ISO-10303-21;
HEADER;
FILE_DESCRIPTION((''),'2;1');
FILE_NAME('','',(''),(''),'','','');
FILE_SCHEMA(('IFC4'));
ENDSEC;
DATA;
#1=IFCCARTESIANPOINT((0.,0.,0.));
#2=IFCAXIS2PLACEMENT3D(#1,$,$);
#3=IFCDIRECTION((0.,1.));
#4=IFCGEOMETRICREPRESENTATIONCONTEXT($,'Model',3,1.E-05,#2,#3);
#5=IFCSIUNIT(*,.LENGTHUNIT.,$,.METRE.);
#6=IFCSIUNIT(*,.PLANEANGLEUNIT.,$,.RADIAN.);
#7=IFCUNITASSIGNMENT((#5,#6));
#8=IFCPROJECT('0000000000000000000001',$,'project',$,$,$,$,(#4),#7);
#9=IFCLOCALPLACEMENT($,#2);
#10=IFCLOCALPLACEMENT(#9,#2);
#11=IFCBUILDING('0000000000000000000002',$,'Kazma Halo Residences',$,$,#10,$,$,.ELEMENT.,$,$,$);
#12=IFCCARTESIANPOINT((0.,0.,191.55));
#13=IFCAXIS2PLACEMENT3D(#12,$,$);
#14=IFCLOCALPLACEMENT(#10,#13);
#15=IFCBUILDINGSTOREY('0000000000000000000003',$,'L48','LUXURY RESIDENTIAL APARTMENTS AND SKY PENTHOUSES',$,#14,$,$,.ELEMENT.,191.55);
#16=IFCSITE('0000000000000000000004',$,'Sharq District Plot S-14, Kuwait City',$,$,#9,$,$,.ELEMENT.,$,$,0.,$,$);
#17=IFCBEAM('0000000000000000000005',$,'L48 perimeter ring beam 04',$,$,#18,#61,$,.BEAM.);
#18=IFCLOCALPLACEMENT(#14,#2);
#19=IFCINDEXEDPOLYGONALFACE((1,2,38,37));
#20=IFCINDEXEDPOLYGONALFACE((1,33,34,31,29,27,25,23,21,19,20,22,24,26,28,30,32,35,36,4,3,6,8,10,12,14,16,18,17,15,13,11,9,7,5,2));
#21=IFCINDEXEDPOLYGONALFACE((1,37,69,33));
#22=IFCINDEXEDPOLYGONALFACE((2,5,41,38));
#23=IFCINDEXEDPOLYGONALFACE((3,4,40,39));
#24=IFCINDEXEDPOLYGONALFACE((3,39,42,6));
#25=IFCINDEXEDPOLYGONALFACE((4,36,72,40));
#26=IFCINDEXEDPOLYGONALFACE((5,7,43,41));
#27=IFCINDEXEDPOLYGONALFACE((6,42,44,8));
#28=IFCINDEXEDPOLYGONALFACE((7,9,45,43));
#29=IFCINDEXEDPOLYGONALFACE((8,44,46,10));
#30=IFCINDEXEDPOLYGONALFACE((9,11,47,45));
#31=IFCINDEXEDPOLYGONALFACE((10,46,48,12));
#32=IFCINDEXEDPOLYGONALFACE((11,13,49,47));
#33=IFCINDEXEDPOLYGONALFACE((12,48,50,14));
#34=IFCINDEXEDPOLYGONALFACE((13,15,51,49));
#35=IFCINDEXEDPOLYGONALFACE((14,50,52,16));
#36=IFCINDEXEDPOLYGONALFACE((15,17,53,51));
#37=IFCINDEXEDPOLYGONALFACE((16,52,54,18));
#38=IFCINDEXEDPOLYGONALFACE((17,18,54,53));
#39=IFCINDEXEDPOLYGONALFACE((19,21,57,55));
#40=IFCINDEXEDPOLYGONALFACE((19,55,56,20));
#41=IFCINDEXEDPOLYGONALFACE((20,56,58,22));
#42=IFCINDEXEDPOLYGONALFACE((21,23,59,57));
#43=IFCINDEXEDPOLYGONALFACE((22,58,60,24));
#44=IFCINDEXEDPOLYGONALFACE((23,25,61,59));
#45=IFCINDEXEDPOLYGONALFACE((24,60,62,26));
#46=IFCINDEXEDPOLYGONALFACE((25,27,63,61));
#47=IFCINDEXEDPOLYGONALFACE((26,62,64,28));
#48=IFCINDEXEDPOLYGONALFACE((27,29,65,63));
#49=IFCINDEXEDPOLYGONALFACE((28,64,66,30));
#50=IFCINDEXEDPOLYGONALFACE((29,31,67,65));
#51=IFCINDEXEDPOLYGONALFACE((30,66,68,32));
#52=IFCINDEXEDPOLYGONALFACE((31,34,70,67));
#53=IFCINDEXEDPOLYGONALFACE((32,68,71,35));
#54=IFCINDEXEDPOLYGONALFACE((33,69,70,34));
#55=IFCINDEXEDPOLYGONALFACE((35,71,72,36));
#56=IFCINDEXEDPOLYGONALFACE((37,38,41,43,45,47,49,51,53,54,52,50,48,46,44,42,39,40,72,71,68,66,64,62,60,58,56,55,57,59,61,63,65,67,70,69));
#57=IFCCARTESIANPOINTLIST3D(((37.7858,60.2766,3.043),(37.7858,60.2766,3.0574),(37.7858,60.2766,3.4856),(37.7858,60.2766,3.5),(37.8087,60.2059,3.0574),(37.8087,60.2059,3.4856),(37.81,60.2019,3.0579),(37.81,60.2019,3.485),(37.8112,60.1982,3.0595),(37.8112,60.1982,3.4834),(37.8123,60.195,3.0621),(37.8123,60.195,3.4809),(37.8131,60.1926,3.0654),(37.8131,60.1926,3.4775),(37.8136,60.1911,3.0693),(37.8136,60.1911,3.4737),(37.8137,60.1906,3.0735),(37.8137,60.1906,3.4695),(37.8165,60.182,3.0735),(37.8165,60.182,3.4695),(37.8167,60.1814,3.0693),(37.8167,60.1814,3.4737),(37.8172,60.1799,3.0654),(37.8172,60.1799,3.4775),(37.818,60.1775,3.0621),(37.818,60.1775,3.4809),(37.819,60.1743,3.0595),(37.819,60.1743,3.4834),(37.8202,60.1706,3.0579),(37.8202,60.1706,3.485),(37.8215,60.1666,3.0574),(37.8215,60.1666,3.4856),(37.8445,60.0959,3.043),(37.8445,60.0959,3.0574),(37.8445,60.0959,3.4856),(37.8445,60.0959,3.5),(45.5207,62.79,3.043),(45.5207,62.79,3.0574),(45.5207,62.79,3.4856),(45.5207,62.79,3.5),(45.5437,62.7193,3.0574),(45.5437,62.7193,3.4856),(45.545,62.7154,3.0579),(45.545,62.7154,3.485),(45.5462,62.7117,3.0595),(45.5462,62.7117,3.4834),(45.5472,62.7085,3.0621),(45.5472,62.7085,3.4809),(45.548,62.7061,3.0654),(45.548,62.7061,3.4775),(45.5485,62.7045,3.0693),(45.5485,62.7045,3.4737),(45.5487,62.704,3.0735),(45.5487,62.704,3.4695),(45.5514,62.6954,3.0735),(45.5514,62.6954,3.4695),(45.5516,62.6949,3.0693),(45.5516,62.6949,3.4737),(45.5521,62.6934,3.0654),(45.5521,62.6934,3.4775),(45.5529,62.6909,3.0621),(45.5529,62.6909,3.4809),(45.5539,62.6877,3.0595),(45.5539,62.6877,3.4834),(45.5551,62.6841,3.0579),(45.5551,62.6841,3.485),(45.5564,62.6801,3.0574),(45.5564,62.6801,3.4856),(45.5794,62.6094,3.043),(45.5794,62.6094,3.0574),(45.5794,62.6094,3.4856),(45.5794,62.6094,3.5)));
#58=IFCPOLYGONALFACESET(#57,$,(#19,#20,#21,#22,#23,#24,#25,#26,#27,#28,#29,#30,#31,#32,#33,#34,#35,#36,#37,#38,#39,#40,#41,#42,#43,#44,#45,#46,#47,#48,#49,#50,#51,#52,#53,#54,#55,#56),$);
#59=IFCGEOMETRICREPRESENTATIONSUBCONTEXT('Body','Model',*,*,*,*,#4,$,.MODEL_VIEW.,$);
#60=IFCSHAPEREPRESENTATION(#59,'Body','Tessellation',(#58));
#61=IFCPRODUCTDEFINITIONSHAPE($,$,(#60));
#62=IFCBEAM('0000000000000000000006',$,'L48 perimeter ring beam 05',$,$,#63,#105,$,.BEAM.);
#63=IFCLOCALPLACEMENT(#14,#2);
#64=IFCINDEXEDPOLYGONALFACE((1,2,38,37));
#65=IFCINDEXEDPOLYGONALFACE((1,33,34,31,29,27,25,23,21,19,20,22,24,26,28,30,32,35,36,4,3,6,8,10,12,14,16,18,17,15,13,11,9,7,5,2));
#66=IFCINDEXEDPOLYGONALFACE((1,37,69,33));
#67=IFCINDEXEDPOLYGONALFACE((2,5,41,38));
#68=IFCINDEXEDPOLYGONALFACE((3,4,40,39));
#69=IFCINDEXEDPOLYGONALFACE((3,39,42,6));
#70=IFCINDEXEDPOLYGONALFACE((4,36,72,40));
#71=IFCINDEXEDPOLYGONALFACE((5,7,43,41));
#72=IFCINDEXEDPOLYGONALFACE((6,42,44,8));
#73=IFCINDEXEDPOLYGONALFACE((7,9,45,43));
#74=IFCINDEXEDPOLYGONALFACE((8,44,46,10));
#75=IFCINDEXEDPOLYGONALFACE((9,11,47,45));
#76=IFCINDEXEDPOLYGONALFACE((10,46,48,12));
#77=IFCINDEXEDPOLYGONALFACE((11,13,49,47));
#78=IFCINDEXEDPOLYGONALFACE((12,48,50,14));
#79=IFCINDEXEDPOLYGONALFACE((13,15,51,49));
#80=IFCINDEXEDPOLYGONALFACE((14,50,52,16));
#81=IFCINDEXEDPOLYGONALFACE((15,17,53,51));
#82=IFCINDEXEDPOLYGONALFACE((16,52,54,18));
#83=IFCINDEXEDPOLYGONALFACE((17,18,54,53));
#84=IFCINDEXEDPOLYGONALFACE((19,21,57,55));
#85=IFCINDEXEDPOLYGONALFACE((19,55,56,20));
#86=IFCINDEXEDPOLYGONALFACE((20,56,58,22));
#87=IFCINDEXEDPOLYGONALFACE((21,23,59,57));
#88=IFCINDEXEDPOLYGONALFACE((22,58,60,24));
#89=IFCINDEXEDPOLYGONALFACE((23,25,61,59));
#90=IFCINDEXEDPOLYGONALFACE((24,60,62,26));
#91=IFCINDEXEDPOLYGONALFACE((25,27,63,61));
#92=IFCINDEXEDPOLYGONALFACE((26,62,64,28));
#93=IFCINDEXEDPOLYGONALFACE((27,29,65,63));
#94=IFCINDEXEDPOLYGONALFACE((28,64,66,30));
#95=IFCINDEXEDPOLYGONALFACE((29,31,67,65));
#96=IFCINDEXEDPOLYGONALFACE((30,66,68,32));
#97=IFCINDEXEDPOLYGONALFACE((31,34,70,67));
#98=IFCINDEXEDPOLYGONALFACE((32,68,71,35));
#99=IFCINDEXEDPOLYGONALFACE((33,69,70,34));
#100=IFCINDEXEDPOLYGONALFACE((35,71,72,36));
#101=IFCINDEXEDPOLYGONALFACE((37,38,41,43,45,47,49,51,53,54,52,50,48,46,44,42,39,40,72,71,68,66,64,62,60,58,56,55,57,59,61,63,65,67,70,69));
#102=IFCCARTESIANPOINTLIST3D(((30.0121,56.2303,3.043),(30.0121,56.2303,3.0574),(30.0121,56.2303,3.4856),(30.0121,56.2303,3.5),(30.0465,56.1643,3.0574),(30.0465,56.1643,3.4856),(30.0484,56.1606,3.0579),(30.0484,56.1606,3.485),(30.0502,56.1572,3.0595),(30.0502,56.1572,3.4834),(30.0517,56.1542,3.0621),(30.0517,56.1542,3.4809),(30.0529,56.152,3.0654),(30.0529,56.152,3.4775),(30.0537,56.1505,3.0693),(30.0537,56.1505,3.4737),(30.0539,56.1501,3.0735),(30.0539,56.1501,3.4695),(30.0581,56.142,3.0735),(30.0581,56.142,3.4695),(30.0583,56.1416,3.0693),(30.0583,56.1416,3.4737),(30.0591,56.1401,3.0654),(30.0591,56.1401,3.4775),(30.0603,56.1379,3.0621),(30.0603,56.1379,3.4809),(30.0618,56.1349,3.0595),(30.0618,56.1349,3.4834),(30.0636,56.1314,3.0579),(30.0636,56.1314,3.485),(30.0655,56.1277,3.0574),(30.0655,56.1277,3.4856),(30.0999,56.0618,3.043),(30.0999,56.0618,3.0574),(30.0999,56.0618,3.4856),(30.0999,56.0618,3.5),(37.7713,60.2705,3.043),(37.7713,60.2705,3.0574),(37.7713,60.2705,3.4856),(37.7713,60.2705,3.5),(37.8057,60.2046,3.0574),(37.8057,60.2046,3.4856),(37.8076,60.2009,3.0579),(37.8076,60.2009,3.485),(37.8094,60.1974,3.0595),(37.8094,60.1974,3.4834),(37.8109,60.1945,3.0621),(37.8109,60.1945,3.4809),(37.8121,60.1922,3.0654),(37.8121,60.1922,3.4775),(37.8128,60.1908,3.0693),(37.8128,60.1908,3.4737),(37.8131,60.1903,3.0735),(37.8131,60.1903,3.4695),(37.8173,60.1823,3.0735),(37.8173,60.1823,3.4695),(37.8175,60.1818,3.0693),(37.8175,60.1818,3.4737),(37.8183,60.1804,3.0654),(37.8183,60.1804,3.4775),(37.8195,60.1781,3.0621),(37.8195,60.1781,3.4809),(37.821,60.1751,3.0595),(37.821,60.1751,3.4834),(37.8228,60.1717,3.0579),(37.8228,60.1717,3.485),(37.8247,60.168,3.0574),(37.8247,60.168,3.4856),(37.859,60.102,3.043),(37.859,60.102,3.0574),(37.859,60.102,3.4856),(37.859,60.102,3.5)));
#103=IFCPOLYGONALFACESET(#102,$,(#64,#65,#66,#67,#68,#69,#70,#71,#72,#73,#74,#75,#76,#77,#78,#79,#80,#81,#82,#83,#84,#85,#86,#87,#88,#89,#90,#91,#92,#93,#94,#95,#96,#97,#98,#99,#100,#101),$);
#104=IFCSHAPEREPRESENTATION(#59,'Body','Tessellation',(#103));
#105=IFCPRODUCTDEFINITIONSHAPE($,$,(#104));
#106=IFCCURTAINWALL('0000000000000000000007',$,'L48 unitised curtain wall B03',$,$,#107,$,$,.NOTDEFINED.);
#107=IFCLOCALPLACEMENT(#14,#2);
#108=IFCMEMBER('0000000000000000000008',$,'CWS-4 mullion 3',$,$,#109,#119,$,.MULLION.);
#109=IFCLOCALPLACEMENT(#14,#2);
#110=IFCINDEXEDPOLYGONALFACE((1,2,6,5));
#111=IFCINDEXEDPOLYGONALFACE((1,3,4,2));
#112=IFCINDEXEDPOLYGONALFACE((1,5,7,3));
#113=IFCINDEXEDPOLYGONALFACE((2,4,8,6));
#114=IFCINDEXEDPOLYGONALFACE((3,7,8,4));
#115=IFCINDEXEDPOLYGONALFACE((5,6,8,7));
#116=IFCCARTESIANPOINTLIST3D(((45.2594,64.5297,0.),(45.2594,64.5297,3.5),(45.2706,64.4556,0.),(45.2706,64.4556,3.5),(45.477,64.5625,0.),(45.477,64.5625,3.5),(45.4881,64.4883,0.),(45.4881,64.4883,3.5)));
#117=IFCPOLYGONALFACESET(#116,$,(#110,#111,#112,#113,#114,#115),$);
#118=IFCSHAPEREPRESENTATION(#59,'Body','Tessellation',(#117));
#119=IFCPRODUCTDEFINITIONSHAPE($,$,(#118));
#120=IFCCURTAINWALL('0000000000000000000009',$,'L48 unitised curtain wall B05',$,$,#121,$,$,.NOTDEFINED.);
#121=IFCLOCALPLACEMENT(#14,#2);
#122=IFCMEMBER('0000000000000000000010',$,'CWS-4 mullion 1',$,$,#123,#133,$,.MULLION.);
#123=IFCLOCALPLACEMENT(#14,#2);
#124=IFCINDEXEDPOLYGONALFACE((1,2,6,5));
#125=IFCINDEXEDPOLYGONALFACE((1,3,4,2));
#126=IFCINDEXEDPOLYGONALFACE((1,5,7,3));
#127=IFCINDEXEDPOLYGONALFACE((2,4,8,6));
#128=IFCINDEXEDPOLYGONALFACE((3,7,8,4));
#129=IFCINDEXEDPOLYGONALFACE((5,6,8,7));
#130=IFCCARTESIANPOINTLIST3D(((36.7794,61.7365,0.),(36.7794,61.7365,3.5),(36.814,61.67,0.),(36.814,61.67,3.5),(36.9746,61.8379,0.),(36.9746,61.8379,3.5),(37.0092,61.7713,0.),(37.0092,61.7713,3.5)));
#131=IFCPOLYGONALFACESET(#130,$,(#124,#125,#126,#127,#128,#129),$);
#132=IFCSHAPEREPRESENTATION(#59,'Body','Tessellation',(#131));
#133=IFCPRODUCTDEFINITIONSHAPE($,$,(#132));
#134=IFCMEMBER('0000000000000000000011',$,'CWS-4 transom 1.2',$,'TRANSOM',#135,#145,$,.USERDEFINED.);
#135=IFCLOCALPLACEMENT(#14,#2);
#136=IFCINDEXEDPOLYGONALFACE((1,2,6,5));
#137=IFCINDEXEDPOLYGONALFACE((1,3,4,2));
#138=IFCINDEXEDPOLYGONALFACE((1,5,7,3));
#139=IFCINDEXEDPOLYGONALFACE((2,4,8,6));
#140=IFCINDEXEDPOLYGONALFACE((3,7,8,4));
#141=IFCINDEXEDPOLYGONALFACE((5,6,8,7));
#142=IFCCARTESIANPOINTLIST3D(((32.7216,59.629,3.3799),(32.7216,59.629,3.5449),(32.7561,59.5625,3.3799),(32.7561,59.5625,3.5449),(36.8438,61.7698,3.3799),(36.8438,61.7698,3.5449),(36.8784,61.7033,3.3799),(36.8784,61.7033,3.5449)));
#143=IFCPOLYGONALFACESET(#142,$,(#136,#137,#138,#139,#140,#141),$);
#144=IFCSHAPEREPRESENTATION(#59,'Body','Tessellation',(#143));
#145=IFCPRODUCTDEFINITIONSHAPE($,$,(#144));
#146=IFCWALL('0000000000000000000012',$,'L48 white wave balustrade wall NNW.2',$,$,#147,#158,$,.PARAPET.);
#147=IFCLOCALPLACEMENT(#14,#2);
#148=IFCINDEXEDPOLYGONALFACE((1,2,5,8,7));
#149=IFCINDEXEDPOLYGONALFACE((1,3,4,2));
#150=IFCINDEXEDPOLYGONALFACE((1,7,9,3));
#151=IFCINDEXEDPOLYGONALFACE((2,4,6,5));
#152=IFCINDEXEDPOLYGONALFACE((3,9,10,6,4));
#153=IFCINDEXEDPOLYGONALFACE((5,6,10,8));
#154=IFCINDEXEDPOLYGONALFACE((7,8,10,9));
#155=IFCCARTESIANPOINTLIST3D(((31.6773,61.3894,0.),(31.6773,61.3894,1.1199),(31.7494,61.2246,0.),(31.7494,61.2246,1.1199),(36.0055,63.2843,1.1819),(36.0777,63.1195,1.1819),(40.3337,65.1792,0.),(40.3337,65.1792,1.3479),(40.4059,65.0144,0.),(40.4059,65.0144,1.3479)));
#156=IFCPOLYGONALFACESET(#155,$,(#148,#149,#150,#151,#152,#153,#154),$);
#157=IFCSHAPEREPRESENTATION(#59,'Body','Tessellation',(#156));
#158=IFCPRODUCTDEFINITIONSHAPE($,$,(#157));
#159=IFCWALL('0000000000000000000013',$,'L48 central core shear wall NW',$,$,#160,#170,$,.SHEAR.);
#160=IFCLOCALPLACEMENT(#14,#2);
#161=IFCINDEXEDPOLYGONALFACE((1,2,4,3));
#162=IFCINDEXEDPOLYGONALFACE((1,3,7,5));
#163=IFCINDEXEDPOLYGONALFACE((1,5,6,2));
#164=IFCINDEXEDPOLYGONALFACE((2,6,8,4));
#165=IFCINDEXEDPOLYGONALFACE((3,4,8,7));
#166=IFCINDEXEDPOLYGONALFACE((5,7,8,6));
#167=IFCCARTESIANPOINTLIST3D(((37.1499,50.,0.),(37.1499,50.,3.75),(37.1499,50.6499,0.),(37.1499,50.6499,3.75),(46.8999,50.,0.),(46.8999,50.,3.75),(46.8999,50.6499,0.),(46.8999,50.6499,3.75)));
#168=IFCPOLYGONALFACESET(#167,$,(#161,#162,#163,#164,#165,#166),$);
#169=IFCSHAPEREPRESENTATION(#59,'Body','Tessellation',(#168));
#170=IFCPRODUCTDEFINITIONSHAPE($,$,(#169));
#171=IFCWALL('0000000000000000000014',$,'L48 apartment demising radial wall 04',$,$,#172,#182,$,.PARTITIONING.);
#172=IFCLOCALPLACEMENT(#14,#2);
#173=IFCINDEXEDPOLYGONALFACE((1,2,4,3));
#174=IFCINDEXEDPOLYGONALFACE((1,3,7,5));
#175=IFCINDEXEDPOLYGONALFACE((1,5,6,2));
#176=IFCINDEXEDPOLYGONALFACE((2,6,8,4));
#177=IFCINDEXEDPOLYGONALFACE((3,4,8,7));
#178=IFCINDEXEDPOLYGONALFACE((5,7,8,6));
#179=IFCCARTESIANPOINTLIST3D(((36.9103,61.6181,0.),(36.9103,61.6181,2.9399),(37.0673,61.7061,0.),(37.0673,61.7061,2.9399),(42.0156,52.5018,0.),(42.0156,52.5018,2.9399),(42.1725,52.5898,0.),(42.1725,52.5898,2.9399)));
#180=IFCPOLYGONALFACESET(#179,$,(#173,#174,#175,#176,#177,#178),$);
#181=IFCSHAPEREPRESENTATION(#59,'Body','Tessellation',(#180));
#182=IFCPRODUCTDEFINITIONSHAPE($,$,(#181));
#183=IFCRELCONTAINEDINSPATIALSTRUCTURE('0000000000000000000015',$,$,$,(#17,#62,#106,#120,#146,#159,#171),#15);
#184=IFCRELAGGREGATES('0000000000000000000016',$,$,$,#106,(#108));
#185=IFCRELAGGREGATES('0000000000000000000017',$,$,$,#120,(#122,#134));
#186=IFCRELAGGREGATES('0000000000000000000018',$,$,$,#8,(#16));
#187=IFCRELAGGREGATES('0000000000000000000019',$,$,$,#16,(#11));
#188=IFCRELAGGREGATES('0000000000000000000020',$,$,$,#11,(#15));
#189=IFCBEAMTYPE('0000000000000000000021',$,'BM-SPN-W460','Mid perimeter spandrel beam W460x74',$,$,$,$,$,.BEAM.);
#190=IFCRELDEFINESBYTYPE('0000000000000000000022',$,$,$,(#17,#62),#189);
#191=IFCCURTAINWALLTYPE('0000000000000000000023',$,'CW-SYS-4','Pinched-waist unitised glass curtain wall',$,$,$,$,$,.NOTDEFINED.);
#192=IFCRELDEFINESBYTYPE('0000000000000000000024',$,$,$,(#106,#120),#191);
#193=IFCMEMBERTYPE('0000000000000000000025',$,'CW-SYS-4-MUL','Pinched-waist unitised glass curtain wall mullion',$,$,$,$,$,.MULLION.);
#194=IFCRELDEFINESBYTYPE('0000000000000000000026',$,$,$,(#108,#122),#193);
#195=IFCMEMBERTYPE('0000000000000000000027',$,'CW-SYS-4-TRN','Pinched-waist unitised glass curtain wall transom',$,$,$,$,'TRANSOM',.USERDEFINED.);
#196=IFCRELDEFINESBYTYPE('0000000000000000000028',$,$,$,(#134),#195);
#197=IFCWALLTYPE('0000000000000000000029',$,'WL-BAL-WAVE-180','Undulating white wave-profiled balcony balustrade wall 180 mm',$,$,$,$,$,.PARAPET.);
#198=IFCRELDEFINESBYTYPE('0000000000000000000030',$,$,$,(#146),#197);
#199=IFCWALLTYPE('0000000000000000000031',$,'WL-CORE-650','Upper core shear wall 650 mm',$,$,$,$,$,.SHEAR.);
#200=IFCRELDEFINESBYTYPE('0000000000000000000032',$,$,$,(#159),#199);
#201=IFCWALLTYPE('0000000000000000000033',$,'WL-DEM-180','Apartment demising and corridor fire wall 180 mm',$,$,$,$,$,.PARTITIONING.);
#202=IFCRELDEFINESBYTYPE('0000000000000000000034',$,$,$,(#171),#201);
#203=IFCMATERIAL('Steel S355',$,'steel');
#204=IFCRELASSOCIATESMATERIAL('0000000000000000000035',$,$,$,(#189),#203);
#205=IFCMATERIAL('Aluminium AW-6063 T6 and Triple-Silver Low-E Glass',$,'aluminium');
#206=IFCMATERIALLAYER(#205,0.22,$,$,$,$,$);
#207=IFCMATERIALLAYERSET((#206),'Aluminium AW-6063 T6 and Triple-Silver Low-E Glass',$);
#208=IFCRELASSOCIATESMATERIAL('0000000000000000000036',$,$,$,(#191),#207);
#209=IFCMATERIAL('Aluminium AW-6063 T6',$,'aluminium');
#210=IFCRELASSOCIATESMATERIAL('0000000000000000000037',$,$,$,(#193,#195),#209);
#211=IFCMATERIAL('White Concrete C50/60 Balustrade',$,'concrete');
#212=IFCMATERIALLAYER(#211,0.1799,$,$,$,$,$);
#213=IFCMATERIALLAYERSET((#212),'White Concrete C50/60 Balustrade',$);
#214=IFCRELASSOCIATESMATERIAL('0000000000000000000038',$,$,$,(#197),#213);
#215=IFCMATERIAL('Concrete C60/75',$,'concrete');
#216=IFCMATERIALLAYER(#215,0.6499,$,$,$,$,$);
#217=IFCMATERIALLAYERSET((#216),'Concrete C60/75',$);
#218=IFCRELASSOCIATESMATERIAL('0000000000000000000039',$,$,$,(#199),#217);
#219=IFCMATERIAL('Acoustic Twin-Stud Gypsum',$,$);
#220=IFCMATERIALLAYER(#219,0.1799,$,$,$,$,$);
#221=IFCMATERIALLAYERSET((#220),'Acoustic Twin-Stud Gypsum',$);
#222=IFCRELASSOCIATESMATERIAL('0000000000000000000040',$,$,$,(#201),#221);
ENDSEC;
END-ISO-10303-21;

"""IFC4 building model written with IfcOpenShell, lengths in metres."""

from ifc_helpers import new_model, si_unit, direction, frame, frame_2d, origin, origin_2d, place, context, subcontext, project, spatial, polyline, rectangle, i_section, outline, extrude, material, layer, layer_set, material_profile, profile_set, type_object, element, aggregate, save


model = new_model("IFC4")

# Units and contexts
model_context = context("Model", 3, precision=1e-05, world=origin(), true_north=direction((0.0, 1.0)))
body_context = subcontext(model_context, "Body", "Model", "MODEL_VIEW")
ifc_project = project(units=[si_unit("LENGTHUNIT", "METRE"), si_unit("PLANEANGLEUNIT", "RADIAN")], contexts=[model_context])

# Site, building, storey
site_placement = place(None, origin())
site = spatial("IfcSite", under=ifc_project, at=site_placement, Name="Sharq District Plot S-14, Kuwait City", CompositionType="ELEMENT", RefElevation=0.0)
building_placement = place(site_placement, origin())
building = spatial("IfcBuilding", under=site, at=building_placement, Name="Kazma Halo Residences", CompositionType="ELEMENT")
storey_placement = place(building_placement, frame((0.0, 0.0, 191.55)))
storey = spatial("IfcBuildingStorey", under=building, at=storey_placement, Name="L48", Description="LUXURY RESIDENTIAL APARTMENTS AND SKY PENTHOUSES", CompositionType="ELEMENT", Elevation=191.55)

# Beams
ifc_material_1 = material(Name="Steel S355", Category="steel")
ifc_material_profile_1 = material_profile(ifc_material_1, i_section(OverallWidth=0.1899, OverallDepth=0.457, WebThickness=0.009, FlangeThickness=0.0144, FilletRadius=0.0161, at=origin_2d()), Name="W460x74")
ifc_profile_set_1 = profile_set([ifc_material_profile_1], Name="Steel S355")
beam_type_1 = type_object("IfcBeamType", Name="BM-SPN-W460", Description="Mid perimeter spandrel beam W460x74", PredefinedType="BEAM", material=ifc_profile_set_1)
beam_1_placement = place(storey_placement, frame((45.55, 62.6997, 3.2715), z_axis=(-0.951049, -0.309041, 0.0), x_axis=(0.309041, -0.951049, 0.0)))
element("IfcBeam", 1, at=beam_1_placement, inside=storey, type_object=beam_type_1, Name="L48 perimeter ring beam 04", PredefinedType="BEAM", context=body_context, shape_type="SweptSolid", body=[
    extrude(i_section(OverallWidth=0.1899, OverallDepth=0.457, WebThickness=0.009, FlangeThickness=0.0144, FilletRadius=0.0161, at=origin_2d()), origin(), (0.0, 0.0, 1.0), 8.1331),
])
beam_2_placement = place(storey_placement, frame((37.8152, 60.1863, 3.2715), z_axis=(-0.886961, -0.461844, 0.0), x_axis=(0.461844, -0.886961, 0.0)))
element("IfcBeam", 2, at=beam_2_placement, inside=storey, type_object=beam_type_1, Name="L48 perimeter ring beam 05", PredefinedType="BEAM", context=body_context, shape_type="SweptSolid", body=[
    extrude(i_section(OverallWidth=0.1899, OverallDepth=0.457, WebThickness=0.009, FlangeThickness=0.0144, FilletRadius=0.0161, at=origin_2d()), origin(), (0.0, 0.0, 1.0), 8.748),
])

# Curtain wall, member
ifc_material_2 = material(Name="Aluminium AW-6063 T6 and Triple-Silver Low-E Glass", Category="aluminium")
ifc_layer_1 = layer(ifc_material_2, 0.22)
ifc_layer_set_1 = layer_set([ifc_layer_1], Name="Aluminium AW-6063 T6 and Triple-Silver Low-E Glass")
curtain_wall_type = type_object("IfcCurtainWallType", Name="CW-SYS-4", Description="Pinched-waist unitised glass curtain wall", PredefinedType="NOTDEFINED", material=ifc_layer_set_1)
curtain_wall_1_placement = place(storey_placement, origin())
curtain_wall_1 = element("IfcCurtainWall", 3, at=curtain_wall_1_placement, inside=storey, type_object=curtain_wall_type, Name="L48 unitised curtain wall B03", PredefinedType="NOTDEFINED")
ifc_material_3 = material(Name="Aluminium AW-6063 T6", Category="aluminium")
ifc_material_profile_2 = material_profile(ifc_material_3, rectangle(XDim=0.075, YDim=0.22, at=origin_2d()), Name="CWM-75x220")
ifc_profile_set_2 = profile_set([ifc_material_profile_2], Name="Aluminium AW-6063 T6")
member_type_1 = type_object("IfcMemberType", Name="CW-SYS-4-MUL", Description="Pinched-waist unitised glass curtain wall mullion", PredefinedType="MULLION", material=ifc_profile_set_2)
member_1_placement = place(storey_placement, frame((45.3738, 64.509, 0.0), z_axis=(0.0, 0.0, 1.0), x_axis=(0.148773, -0.988871, 0.0)))
member_1 = element("IfcMember", 4, at=member_1_placement, type_object=member_type_1, Name="CWS-4 mullion 3", PredefinedType="MULLION", context=body_context, shape_type="SweptSolid", body=[
    extrude(rectangle(XDim=0.075, YDim=0.22, at=origin_2d()), origin(), (0.0, 0.0, 1.0), 3.5),
])
aggregate(curtain_wall_1, [member_1])

# Curtain wall, members
curtain_wall_2_placement = place(storey_placement, origin())
curtain_wall_2 = element("IfcCurtainWall", 5, at=curtain_wall_2_placement, inside=storey, type_object=curtain_wall_type, Name="L48 unitised curtain wall B05", PredefinedType="NOTDEFINED")
member_2_placement = place(storey_placement, frame((36.8943, 61.7539, 0.0), z_axis=(0.0, 0.0, 1.0), x_axis=(0.460874, -0.887466, 0.0)))
member_2 = element("IfcMember", 6, at=member_2_placement, type_object=member_type_1, Name="CWS-4 mullion 1", PredefinedType="MULLION", context=body_context, shape_type="SweptSolid", body=[
    extrude(rectangle(XDim=0.075, YDim=0.22, at=origin_2d()), origin(), (0.0, 0.0, 1.0), 3.5),
])
ifc_material_profile_3 = material_profile(ifc_material_3, rectangle(XDim=0.075, YDim=0.165, at=origin_2d()), Name="CWT-75x165")
ifc_profile_set_3 = profile_set([ifc_material_profile_3], Name="Aluminium AW-6063 T6")
member_type_2 = type_object("IfcMemberType", Name="CW-SYS-4-TRN", Description="Pinched-waist unitised glass curtain wall transom", ElementType="TRANSOM", PredefinedType="USERDEFINED", material=ifc_profile_set_3)
member_3_placement = place(storey_placement, frame((36.8611, 61.7366, 3.4624), z_axis=(-0.887458, -0.460889, 0.0), x_axis=(0.460889, -0.887458, 0.0)))
member_3 = element("IfcMember", 7, at=member_3_placement, type_object=member_type_2, Name="CWS-4 transom 1.2", ObjectType="TRANSOM", PredefinedType="USERDEFINED", context=body_context, shape_type="SweptSolid", body=[
    extrude(rectangle(XDim=0.075, YDim=0.165, at=origin_2d()), origin(), (0.0, 0.0, 1.0), 4.645),
])
aggregate(curtain_wall_2, [member_2, member_3])

# Walls
ifc_material_4 = material(Name="White Concrete C50/60 Balustrade", Category="concrete")
ifc_layer_2 = layer(ifc_material_4, 0.1799)
ifc_layer_set_2 = layer_set([ifc_layer_2], Name="White Concrete C50/60 Balustrade")
wall_type_1 = type_object("IfcWallType", Name="WL-BAL-WAVE-180", Description="Undulating white wave-profiled balcony balustrade wall 180 mm", PredefinedType="PARAPET", material=ifc_layer_set_2)
wall_1_placement = place(storey_placement, frame((40.3699, 65.0967, 0.0), z_axis=(0.0, 0.0, 1.0), x_axis=(-0.916057, -0.401048, 0.0)))
element("IfcWall", 8, at=wall_1_placement, inside=storey, type_object=wall_type_1, Name="L48 white wave balustrade wall NNW.2", PredefinedType="PARAPET", context=body_context, shape_type="SweptSolid", body=[
    extrude(outline(polyline([(0.0, 0.0), (9.4497, 0.0), (9.4497, 1.1199), (4.7249, 1.1819), (0.0, 1.3479), (0.0, 0.0)])), frame((0.0, 0.0898, 0.0), z_axis=(0.0, -1.0, 0.0), x_axis=(1.0, 0.0, 0.0)), (0.0, 0.0, 1.0), 0.1799),
])
ifc_material_5 = material(Name="Concrete C60/75", Category="concrete")
ifc_layer_3 = layer(ifc_material_5, 0.6499)
ifc_layer_set_3 = layer_set([ifc_layer_3], Name="Concrete C60/75")
wall_type_2 = type_object("IfcWallType", Name="WL-CORE-650", Description="Upper core shear wall 650 mm", PredefinedType="SHEAR", material=ifc_layer_set_3)
wall_2_placement = place(storey_placement, frame((37.1499, 50.325, 0.0), z_axis=(0.0, 0.0, 1.0), x_axis=(1.0, 0.0, 0.0)))
element("IfcWall", 9, at=wall_2_placement, inside=storey, type_object=wall_type_2, Name="L48 central core shear wall NW", PredefinedType="SHEAR", context=body_context, shape_type="SweptSolid", body=[
    extrude(rectangle(XDim=9.75, YDim=0.6499, at=frame_2d((4.875, 0.0))), origin(), (0.0, 0.0, 1.0), 3.75),
])
ifc_material_6 = material(Name="Acoustic Twin-Stud Gypsum")
ifc_layer_4 = layer(ifc_material_6, 0.1799)
ifc_layer_set_4 = layer_set([ifc_layer_4], Name="Acoustic Twin-Stud Gypsum")
wall_type_3 = type_object("IfcWallType", Name="WL-DEM-180", Description="Apartment demising and corridor fire wall 180 mm", PredefinedType="PARTITIONING", material=ifc_layer_set_4)
wall_3_placement = place(storey_placement, frame((42.094, 52.5459, 0.0), z_axis=(0.0, 0.0, 1.0), x_axis=(-0.488614, 0.8725, 0.0)))
element("IfcWall", 10, at=wall_3_placement, inside=storey, type_object=wall_type_3, Name="L48 apartment demising radial wall 04", PredefinedType="PARTITIONING", context=body_context, shape_type="SweptSolid", body=[
    extrude(rectangle(XDim=10.4485, YDim=0.1799, at=frame_2d((5.2241, 0.0))), origin(), (0.0, 0.0, 1.0), 2.9399),
])

save(model, "model.ifc")
